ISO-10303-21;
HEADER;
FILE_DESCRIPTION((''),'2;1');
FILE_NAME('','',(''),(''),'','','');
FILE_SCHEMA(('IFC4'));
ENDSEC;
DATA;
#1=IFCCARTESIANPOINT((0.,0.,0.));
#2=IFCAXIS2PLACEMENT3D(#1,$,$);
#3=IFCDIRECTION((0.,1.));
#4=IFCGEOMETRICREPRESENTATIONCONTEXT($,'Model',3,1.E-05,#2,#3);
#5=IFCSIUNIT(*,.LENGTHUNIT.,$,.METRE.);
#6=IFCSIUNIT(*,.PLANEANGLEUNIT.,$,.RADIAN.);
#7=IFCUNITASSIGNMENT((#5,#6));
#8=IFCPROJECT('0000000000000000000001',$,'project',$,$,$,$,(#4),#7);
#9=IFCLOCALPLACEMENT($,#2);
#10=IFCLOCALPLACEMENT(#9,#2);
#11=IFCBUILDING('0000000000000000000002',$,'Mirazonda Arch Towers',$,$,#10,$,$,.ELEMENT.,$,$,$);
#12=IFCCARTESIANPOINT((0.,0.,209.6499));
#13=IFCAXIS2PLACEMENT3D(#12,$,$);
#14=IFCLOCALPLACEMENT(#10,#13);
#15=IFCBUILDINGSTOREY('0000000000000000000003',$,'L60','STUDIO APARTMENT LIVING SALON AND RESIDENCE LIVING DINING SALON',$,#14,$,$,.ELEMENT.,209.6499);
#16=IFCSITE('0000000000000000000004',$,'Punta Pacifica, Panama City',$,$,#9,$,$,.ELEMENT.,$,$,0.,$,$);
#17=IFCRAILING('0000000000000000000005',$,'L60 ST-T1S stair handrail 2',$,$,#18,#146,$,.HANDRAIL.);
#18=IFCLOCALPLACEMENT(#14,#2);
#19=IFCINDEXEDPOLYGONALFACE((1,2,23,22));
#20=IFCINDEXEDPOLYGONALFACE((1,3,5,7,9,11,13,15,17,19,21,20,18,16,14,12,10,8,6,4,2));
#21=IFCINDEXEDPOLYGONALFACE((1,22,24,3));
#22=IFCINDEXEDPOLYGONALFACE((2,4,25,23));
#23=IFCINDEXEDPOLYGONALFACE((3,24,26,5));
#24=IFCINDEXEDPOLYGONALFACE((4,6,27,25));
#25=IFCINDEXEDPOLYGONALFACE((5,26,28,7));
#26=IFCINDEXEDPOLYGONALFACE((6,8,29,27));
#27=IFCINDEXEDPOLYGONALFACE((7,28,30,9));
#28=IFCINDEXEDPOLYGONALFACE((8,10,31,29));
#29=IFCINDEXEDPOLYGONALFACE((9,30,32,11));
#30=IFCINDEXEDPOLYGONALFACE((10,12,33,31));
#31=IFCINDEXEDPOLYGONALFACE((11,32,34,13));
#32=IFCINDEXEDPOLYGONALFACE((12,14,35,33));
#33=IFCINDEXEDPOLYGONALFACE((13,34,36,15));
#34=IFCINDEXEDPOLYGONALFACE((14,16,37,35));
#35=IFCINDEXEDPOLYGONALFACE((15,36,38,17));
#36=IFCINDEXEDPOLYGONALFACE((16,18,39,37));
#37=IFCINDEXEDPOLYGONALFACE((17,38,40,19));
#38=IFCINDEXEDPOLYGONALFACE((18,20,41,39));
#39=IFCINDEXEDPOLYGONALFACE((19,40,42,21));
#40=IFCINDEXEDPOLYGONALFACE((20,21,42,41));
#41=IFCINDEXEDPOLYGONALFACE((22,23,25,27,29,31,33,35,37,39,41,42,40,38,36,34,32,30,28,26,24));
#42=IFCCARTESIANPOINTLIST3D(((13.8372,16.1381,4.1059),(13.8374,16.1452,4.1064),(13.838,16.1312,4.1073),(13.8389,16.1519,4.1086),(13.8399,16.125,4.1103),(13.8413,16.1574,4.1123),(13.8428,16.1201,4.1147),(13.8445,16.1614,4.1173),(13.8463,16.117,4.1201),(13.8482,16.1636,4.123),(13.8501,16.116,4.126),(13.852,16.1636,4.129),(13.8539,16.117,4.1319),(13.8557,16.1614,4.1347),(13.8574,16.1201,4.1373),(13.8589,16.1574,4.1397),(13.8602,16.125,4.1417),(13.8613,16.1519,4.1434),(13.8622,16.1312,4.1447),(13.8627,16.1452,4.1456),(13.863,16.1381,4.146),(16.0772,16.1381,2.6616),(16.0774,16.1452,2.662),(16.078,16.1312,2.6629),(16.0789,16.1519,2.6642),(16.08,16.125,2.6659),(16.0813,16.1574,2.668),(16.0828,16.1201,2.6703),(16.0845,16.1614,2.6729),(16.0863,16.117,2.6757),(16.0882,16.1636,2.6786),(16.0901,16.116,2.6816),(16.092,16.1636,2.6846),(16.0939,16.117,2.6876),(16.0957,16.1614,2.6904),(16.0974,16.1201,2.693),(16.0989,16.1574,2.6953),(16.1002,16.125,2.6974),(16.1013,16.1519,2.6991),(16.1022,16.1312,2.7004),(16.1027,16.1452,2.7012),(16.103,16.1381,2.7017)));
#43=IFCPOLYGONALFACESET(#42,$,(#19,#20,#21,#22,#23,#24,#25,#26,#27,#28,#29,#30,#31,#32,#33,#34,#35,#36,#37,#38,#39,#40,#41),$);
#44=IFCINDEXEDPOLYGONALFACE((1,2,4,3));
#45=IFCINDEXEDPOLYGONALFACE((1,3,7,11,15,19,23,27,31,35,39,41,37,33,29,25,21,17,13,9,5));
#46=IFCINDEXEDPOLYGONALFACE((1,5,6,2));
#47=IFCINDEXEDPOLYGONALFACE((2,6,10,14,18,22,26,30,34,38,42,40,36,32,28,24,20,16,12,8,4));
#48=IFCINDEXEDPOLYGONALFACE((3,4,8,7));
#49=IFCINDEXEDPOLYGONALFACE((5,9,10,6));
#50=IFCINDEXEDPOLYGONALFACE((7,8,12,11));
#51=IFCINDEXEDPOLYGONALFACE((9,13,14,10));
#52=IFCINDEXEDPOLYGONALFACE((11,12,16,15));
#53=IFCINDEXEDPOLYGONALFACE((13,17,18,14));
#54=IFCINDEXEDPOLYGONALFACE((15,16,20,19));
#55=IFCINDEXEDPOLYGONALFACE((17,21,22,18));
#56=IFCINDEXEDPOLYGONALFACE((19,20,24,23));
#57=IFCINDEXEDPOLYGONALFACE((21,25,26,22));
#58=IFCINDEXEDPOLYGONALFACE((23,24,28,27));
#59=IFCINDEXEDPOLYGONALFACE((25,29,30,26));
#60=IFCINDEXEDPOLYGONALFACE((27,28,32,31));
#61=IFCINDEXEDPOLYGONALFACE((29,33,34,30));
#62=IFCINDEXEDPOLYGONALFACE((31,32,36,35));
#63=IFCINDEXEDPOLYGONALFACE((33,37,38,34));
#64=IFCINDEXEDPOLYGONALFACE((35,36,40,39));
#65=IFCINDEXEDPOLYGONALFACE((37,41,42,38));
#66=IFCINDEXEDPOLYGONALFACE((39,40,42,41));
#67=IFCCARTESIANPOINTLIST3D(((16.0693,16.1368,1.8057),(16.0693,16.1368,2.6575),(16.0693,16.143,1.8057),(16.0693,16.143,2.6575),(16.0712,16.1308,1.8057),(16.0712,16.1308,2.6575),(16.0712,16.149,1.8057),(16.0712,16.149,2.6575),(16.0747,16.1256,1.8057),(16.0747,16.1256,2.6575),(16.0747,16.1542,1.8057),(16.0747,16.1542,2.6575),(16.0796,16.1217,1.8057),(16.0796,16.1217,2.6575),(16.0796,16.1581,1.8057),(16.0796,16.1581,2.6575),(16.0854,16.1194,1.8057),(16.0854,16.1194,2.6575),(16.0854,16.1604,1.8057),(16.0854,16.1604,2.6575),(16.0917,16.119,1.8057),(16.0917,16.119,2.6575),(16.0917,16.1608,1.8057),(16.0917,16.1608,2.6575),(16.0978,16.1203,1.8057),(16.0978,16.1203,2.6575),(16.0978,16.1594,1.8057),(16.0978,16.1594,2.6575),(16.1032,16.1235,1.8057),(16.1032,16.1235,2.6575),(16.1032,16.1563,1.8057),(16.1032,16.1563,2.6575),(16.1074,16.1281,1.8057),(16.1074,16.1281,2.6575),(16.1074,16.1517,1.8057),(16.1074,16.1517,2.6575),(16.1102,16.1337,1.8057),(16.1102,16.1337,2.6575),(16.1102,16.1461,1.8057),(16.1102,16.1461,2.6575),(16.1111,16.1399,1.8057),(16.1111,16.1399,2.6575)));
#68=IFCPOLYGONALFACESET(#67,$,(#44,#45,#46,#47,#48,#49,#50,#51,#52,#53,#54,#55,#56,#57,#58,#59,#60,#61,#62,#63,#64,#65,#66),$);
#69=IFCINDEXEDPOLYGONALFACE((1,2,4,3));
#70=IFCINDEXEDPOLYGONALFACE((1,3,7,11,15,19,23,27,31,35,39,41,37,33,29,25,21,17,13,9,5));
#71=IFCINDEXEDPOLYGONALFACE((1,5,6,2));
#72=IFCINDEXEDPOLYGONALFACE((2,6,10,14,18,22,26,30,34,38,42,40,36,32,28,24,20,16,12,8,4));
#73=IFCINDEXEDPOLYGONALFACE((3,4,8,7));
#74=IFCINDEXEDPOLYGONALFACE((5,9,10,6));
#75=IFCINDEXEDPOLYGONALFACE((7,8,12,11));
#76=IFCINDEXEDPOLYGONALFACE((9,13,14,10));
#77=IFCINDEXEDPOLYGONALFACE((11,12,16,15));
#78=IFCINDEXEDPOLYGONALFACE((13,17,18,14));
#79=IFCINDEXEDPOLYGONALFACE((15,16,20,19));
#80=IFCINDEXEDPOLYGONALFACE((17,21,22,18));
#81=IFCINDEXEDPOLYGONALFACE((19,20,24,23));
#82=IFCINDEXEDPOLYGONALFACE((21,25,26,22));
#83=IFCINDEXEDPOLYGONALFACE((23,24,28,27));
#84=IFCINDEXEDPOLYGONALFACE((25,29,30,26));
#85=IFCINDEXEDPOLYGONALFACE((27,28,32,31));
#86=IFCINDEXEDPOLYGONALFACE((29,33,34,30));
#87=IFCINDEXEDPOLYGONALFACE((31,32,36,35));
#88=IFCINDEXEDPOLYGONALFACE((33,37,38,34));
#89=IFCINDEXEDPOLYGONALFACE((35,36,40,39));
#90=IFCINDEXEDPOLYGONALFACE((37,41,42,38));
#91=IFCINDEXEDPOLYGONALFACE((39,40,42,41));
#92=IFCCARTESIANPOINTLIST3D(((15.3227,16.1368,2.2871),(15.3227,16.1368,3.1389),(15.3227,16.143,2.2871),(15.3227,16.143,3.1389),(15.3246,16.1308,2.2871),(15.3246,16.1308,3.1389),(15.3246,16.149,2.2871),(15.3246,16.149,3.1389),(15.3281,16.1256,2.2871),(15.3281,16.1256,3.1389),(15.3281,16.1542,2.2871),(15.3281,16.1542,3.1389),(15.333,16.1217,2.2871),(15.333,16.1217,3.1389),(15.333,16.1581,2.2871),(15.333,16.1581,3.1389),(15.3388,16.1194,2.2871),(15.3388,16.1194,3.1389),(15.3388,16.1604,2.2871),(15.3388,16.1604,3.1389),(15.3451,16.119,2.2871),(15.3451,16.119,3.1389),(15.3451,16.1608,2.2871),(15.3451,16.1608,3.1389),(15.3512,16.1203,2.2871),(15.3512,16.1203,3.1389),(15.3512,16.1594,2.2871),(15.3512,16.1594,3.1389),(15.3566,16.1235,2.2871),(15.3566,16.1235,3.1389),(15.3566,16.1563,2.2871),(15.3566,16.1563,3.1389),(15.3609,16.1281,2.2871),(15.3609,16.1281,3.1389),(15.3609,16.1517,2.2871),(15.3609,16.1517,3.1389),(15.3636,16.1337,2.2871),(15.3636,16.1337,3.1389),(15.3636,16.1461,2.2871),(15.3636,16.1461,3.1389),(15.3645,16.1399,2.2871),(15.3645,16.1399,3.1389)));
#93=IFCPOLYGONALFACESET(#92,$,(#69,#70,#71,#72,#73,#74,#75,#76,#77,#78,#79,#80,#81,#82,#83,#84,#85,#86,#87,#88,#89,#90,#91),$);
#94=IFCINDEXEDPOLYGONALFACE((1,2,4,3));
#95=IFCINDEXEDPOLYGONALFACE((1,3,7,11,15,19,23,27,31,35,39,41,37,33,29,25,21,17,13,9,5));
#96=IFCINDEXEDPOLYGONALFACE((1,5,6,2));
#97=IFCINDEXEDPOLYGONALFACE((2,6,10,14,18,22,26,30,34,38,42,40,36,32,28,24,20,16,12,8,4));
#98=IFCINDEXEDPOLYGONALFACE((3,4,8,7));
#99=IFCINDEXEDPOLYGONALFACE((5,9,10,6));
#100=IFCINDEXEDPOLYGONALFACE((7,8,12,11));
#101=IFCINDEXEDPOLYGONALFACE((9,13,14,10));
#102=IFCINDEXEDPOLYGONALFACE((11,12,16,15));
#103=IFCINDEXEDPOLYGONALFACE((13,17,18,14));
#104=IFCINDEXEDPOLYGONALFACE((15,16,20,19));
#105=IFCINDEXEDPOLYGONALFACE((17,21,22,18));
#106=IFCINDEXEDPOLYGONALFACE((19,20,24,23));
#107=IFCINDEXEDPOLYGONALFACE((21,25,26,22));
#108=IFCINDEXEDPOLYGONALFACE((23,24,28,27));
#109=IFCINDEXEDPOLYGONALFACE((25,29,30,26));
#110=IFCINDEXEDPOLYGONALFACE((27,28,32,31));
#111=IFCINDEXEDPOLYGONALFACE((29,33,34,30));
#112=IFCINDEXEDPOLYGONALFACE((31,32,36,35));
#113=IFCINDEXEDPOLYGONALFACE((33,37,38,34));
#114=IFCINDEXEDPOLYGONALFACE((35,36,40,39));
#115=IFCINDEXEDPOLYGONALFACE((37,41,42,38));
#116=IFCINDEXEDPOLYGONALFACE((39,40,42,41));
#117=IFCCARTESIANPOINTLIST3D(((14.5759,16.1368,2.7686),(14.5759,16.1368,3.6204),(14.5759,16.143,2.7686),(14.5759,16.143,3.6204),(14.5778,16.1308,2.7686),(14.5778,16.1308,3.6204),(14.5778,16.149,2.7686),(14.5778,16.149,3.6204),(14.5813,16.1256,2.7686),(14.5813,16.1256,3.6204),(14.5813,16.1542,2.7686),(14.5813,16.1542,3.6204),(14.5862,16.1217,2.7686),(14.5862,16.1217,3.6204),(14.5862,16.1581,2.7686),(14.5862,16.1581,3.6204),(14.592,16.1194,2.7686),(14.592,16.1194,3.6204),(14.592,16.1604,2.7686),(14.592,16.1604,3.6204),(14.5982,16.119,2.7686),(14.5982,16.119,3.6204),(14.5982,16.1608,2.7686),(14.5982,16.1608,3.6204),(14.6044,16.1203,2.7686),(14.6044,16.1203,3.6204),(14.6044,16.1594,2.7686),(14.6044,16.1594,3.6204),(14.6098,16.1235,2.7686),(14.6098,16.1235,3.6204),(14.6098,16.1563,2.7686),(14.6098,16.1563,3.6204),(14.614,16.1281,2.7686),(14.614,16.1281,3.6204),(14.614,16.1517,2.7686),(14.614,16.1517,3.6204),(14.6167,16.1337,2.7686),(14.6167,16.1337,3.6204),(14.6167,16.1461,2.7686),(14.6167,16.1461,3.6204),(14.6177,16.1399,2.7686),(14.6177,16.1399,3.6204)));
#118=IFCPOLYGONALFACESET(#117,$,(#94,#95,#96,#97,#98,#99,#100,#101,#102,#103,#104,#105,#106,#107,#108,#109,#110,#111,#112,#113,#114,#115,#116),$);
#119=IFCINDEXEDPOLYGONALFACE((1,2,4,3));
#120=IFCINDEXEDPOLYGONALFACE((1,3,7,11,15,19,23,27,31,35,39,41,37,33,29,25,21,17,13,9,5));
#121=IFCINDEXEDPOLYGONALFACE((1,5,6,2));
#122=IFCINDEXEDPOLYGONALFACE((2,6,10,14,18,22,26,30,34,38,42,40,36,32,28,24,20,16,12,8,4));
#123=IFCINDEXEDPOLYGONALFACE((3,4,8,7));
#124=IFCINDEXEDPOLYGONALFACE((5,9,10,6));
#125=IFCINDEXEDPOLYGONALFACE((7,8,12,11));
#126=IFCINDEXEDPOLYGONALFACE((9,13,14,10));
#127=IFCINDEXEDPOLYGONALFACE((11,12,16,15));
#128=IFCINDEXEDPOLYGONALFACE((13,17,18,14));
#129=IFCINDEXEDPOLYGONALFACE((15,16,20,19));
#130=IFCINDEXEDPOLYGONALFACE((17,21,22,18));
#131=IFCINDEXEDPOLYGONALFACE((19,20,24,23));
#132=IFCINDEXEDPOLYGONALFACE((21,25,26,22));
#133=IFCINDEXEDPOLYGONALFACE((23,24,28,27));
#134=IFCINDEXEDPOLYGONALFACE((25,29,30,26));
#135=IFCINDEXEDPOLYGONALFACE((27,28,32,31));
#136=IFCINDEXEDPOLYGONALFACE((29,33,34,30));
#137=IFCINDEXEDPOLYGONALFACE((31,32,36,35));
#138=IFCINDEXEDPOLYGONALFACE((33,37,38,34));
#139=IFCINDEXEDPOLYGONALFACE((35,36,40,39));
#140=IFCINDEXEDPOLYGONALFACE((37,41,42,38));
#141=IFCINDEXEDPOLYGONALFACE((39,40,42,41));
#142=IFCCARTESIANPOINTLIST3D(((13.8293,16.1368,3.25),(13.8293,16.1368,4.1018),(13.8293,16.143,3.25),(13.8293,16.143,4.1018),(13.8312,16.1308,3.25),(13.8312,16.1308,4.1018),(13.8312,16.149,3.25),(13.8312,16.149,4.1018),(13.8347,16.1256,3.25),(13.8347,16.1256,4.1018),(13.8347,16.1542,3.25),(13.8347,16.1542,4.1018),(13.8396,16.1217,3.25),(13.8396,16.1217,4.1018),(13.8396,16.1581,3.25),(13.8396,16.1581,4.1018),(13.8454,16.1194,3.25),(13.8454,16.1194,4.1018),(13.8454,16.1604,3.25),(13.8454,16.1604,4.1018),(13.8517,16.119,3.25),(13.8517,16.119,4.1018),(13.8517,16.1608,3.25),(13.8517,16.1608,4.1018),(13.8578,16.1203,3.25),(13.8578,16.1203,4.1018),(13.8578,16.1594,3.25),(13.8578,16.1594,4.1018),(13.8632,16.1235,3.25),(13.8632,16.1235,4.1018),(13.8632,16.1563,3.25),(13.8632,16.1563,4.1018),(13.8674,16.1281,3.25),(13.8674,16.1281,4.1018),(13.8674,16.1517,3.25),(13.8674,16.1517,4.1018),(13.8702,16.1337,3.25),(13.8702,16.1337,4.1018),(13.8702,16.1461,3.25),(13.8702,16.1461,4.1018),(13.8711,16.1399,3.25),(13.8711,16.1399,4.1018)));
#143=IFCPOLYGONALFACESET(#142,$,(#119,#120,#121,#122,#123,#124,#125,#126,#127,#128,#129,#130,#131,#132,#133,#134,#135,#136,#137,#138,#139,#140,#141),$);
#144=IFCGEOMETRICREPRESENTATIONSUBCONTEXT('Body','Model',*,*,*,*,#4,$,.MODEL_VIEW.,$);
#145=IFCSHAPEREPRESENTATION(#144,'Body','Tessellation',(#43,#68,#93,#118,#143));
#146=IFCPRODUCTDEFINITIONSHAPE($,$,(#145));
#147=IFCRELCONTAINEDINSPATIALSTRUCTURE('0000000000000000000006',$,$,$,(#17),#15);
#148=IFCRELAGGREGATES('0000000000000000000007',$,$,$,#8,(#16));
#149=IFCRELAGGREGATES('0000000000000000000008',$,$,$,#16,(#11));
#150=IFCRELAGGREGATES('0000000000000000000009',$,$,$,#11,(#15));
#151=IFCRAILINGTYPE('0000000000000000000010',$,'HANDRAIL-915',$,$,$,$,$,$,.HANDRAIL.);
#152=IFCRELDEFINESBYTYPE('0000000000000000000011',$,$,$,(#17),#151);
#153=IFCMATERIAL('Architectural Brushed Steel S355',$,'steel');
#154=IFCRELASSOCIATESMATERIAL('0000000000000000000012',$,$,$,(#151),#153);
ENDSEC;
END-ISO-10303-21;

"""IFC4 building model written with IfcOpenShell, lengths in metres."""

from ifc_helpers import new_model, si_unit, direction, frame, origin, origin_2d, place, context, subcontext, project, spatial, circle, extrude, material, type_object, element, save


model = new_model("IFC4")

# Units and contexts
model_context = context("Model", 3, precision=1e-05, world=origin(), true_north=direction((0.0, 1.0)))
body_context = subcontext(model_context, "Body", "Model", "MODEL_VIEW")
ifc_project = project(units=[si_unit("LENGTHUNIT", "METRE"), si_unit("PLANEANGLEUNIT", "RADIAN")], contexts=[model_context])

# Site, building, storey
site_placement = place(None, origin())
site = spatial("IfcSite", under=ifc_project, at=site_placement, Name="Punta Pacifica, Panama City", CompositionType="ELEMENT", RefElevation=0.0)
building_placement = place(site_placement, origin())
building = spatial("IfcBuilding", under=site, at=building_placement, Name="Mirazonda Arch Towers", CompositionType="ELEMENT")
storey_placement = place(building_placement, frame((0.0, 0.0, 209.6499)))
storey = spatial("IfcBuildingStorey", under=building, at=storey_placement, Name="L60", Description="STUDIO APARTMENT LIVING SALON AND RESIDENCE LIVING DINING SALON", CompositionType="ELEMENT", Elevation=209.6499)

# Shared definitions
ifc_material_1 = material(Name="Architectural Brushed Steel S355", Category="steel")

# Railing
railing_type_1 = type_object("IfcRailingType", Name="HANDRAIL-915", PredefinedType="HANDRAIL", material=ifc_material_1)
railing_1_placement = place(storey_placement, frame((16.0901, 16.1399, 1.8057)))
element("IfcRailing", 1, at=railing_1_placement, inside=storey, type_object=railing_type_1, Name="L60 ST-T1S stair handrail 2", PredefinedType="HANDRAIL", context=body_context, shape_type="SweptSolid", body=[
    extrude(circle(Radius=0.0239, at=origin_2d()), frame((0.0, 0.0, 0.876), z_axis=(-0.840437, 0.0, 0.54191), x_axis=(0.0, -1.0, 0.0)), (0.0, 0.0, 1.0), 2.6653),
    extrude(circle(Radius=0.021, at=origin_2d()), origin(), (0.0, 0.0, 1.0), 0.8518),
    extrude(circle(Radius=0.021, at=origin_2d()), frame((-0.7466, 0.0, 0.4814)), (0.0, 0.0, 1.0), 0.8518),
    extrude(circle(Radius=0.021, at=origin_2d()), frame((-1.4934, 0.0, 0.9629)), (0.0, 0.0, 1.0), 0.8518),
    extrude(circle(Radius=0.021, at=origin_2d()), frame((-2.24, 0.0, 1.4443)), (0.0, 0.0, 1.0), 0.8518),
])

save(model, "model.ifc")
